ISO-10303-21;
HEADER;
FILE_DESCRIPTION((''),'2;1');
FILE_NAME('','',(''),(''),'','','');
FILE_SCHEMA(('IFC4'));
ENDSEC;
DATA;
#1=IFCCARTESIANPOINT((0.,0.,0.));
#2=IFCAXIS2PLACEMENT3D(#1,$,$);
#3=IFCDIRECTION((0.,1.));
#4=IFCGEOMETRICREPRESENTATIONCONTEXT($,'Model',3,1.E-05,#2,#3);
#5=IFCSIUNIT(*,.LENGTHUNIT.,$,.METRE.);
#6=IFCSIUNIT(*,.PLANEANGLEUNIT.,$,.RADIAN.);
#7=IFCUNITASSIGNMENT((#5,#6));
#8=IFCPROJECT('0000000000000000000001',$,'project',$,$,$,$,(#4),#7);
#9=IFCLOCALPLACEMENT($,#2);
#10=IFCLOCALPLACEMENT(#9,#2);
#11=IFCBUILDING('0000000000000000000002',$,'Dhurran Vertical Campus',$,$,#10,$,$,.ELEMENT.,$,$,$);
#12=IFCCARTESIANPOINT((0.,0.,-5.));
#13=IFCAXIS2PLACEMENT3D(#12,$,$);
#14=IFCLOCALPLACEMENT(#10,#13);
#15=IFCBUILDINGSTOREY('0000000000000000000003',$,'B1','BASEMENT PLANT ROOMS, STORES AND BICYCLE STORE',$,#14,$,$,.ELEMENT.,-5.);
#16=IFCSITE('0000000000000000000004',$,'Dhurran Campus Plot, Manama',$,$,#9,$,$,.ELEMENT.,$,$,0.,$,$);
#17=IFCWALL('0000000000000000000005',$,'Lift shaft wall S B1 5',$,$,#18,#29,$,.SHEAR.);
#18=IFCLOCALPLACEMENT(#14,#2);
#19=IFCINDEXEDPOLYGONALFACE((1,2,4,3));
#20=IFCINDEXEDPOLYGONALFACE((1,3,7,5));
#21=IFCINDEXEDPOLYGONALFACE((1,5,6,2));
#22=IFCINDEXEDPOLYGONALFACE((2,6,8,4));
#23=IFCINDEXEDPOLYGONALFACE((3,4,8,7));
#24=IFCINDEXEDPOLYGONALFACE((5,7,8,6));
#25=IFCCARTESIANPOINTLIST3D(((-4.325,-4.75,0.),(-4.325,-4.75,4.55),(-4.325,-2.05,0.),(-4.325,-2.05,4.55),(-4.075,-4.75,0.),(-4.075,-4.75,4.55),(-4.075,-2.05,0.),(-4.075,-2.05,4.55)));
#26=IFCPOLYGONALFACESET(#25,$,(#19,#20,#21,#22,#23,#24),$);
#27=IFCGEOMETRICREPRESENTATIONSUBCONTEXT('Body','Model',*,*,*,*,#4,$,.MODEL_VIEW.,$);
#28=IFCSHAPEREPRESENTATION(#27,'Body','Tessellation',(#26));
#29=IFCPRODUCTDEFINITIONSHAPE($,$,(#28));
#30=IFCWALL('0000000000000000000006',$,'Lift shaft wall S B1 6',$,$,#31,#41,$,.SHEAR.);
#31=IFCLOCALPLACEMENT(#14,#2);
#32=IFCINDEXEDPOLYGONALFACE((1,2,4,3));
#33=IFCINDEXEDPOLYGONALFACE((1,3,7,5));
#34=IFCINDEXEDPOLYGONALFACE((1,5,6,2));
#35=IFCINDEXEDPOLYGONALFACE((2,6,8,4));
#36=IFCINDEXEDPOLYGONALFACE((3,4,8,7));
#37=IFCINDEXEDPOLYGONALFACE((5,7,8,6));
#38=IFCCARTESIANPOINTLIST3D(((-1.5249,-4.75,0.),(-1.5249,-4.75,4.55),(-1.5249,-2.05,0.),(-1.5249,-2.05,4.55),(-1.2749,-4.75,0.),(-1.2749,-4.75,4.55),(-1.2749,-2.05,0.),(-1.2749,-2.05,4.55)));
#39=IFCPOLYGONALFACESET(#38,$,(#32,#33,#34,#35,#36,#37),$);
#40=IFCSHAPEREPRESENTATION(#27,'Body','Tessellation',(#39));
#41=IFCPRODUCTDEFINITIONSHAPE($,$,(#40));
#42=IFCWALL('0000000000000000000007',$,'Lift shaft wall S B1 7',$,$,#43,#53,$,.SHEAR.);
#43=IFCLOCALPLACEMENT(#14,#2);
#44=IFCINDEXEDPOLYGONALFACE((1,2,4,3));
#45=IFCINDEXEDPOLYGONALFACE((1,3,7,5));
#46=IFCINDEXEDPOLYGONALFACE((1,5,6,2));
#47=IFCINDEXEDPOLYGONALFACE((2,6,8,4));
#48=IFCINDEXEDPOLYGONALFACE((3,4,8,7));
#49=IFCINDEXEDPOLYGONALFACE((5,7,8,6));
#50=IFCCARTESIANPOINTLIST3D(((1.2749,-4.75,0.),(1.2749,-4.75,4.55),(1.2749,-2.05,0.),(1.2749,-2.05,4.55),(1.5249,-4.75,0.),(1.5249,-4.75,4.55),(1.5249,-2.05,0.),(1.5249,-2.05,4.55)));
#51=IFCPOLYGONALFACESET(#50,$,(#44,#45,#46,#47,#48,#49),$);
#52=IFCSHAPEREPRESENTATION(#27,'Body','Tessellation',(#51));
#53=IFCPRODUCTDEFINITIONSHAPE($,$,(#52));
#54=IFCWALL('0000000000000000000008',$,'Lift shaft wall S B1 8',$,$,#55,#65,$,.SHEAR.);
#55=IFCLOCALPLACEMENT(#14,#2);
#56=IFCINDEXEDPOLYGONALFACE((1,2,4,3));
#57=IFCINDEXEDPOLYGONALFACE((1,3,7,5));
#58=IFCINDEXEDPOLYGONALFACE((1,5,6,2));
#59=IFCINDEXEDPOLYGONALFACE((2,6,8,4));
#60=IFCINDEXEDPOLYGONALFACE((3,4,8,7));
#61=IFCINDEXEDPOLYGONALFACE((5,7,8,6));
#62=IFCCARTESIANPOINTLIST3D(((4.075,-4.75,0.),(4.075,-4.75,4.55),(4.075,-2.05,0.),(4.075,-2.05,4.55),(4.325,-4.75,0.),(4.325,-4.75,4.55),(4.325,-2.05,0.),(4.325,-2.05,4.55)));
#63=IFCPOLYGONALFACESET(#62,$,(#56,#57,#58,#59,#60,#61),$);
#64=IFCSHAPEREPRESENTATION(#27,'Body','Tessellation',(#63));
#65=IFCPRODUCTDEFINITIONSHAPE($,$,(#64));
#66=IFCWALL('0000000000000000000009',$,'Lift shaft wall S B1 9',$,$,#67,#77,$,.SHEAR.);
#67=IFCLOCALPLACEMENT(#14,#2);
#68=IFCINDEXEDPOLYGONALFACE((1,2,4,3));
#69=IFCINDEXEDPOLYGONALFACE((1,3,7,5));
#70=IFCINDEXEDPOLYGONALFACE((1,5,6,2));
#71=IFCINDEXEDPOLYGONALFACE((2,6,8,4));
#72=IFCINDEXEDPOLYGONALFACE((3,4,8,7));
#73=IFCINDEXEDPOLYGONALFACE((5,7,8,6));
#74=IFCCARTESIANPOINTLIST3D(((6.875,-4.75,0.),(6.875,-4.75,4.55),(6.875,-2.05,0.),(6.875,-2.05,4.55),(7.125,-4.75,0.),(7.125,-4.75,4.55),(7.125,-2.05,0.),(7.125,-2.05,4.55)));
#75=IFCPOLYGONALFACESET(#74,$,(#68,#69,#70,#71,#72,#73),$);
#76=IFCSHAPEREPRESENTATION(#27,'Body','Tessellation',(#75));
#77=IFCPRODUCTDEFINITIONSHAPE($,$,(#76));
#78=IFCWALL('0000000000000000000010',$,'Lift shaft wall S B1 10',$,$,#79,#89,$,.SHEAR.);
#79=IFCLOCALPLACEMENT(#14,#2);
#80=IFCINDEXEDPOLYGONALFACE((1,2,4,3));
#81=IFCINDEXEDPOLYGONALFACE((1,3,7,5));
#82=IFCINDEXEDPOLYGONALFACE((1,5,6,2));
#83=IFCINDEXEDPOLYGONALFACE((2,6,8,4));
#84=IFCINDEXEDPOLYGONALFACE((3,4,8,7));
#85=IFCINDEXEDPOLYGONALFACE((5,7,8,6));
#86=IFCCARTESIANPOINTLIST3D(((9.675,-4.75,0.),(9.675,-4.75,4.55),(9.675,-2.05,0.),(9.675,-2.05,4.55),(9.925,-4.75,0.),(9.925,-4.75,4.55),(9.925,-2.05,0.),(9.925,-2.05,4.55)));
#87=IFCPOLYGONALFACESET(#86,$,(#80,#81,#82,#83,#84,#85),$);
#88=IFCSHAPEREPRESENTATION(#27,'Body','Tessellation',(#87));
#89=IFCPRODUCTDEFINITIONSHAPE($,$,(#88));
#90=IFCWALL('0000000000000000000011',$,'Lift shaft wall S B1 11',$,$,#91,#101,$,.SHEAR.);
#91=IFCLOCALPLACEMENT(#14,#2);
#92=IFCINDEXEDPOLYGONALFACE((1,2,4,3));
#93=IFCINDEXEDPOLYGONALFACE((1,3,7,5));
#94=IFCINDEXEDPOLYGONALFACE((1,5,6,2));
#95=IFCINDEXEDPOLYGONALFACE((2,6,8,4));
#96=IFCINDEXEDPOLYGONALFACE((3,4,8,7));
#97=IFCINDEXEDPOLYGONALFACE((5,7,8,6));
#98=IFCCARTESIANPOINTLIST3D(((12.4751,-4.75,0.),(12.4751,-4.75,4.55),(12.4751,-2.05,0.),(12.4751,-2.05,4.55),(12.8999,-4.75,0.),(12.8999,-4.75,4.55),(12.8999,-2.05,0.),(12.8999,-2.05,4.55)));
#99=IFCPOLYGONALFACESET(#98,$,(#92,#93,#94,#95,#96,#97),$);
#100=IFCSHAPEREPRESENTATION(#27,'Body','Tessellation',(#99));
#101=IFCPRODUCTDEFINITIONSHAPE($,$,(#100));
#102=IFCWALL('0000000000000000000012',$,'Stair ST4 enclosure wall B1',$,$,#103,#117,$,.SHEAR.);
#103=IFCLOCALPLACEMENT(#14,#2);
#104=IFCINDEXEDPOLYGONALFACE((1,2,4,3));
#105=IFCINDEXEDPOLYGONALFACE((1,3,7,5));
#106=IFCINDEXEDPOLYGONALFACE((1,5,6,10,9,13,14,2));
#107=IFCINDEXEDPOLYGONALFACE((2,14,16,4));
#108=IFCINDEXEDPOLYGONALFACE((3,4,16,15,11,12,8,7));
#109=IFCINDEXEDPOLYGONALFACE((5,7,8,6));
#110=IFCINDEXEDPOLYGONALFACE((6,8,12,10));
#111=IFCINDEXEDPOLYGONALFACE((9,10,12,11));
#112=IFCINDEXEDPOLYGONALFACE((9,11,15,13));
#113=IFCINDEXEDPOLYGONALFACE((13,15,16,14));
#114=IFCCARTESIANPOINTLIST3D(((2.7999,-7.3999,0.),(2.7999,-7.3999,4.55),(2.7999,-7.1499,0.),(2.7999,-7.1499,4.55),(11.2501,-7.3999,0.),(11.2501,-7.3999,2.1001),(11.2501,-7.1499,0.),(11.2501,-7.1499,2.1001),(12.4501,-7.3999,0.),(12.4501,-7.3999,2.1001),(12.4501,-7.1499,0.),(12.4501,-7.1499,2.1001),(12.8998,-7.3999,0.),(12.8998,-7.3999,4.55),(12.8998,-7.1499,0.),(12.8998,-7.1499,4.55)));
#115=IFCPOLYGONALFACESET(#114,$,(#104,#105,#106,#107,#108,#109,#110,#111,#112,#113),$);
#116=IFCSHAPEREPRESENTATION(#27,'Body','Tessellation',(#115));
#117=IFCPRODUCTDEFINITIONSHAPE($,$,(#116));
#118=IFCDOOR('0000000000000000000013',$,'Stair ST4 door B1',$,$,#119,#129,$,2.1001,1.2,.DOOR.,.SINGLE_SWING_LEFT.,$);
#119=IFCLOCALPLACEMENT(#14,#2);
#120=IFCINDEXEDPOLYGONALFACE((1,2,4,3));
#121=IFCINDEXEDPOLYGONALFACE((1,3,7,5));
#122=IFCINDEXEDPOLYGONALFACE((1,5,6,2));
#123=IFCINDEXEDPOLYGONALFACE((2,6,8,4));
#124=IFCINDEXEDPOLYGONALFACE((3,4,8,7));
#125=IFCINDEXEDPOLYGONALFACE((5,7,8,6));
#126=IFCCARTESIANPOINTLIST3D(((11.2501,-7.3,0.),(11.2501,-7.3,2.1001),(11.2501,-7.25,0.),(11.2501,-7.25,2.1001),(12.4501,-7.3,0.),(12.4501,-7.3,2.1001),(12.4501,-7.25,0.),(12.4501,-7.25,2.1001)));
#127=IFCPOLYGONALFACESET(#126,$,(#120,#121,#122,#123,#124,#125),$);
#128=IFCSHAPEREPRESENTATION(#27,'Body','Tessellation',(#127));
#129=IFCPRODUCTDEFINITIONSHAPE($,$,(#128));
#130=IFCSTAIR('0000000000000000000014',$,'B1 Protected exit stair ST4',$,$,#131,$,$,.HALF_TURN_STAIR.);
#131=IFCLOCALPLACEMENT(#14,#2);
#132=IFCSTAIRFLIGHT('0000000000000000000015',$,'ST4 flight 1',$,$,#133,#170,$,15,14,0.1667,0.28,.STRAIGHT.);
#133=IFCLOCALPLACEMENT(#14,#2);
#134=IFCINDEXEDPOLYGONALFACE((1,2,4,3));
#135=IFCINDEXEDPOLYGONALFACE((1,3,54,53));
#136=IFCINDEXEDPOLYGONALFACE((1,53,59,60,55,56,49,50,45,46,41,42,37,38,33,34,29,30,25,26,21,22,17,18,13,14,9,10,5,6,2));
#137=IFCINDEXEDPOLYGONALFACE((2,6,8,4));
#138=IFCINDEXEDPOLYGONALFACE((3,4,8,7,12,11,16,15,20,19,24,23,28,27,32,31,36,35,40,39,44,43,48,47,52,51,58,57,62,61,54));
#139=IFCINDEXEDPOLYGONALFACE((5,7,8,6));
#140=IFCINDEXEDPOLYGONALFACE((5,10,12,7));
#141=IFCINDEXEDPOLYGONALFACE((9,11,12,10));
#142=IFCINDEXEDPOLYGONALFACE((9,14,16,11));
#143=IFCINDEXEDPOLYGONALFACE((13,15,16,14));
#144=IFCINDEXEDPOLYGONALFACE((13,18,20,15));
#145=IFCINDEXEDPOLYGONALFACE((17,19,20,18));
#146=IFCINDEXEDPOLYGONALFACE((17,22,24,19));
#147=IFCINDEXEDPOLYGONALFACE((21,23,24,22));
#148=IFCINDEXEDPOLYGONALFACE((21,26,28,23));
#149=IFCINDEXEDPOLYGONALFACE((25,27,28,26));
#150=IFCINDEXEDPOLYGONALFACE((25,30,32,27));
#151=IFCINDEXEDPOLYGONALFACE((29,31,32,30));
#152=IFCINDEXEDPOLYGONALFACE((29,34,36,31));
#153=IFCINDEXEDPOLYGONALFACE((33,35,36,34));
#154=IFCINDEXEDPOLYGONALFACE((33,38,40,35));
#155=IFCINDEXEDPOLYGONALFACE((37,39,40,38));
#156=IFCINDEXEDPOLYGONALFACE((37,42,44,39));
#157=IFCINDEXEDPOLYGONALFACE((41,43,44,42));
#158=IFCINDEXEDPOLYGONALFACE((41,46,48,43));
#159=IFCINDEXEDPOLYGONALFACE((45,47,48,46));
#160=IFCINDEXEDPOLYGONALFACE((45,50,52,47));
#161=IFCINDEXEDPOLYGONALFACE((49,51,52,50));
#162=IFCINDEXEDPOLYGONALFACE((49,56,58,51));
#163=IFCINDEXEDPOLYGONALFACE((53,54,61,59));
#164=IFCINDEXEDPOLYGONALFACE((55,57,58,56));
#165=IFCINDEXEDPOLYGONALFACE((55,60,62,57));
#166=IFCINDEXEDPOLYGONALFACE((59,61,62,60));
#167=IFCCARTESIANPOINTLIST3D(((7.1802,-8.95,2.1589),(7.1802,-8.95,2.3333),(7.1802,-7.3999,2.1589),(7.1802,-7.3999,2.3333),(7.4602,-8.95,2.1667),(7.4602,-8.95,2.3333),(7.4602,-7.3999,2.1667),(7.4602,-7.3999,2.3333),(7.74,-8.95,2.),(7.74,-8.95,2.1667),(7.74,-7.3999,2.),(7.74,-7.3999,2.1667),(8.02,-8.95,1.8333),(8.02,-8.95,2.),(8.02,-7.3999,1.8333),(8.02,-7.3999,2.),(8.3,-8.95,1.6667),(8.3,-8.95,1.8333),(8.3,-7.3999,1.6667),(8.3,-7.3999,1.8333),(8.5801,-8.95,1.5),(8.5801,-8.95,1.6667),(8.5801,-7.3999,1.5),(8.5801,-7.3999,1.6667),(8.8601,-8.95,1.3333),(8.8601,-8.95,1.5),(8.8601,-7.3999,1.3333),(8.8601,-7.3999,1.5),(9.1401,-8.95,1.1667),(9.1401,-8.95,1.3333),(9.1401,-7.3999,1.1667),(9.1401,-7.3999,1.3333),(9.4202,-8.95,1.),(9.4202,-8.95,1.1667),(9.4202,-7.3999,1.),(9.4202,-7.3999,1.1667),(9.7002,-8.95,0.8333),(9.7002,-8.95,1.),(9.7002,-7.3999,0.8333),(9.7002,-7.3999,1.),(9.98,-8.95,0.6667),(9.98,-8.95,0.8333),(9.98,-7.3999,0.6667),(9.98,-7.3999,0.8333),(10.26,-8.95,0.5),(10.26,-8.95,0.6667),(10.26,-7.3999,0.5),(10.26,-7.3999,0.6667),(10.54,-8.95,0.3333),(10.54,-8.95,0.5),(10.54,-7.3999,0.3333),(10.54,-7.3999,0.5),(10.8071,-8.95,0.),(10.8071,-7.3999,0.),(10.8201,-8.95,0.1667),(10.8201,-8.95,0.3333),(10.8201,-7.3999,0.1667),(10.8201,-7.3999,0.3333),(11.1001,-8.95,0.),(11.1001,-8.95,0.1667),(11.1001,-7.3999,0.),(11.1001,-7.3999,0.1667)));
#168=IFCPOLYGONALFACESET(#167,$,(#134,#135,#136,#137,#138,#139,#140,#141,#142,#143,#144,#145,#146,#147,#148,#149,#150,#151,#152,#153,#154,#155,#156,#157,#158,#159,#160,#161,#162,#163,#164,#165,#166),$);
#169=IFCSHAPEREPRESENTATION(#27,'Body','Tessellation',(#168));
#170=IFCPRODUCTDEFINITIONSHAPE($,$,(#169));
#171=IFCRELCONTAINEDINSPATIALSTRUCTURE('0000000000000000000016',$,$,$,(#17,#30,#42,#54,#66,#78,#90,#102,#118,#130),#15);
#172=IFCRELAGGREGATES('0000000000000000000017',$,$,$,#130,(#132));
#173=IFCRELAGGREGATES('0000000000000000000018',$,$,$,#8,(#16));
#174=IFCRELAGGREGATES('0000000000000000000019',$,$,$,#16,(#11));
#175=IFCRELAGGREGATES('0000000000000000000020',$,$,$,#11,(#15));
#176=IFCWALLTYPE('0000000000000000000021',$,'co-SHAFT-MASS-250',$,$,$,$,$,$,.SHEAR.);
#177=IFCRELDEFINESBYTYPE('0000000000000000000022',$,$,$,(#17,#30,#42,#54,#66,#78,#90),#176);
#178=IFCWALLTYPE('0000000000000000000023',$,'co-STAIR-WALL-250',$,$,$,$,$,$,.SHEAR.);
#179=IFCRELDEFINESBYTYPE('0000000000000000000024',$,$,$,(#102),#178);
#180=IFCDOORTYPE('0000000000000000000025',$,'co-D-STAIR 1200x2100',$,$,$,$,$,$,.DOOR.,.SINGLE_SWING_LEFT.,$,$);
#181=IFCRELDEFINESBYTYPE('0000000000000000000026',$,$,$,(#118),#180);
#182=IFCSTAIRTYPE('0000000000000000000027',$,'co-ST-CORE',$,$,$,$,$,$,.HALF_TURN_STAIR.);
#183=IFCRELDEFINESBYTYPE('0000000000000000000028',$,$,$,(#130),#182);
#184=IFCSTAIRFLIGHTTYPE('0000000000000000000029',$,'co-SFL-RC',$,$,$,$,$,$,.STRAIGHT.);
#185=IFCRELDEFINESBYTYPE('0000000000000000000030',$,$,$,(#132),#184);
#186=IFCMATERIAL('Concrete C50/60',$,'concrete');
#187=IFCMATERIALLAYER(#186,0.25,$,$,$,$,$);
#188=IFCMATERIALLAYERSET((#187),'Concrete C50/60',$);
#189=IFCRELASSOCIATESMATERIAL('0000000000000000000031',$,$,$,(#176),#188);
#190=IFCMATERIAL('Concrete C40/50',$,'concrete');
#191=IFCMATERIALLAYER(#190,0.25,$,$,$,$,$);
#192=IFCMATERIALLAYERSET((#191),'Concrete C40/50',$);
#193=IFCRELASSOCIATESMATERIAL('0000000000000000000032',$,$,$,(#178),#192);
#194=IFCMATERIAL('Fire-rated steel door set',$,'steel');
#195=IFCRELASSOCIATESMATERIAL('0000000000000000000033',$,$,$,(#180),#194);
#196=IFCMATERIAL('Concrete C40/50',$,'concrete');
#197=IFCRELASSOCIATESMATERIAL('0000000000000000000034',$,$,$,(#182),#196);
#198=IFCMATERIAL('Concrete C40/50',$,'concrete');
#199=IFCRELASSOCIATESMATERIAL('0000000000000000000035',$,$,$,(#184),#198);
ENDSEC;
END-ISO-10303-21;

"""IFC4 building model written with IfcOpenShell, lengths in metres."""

from ifc_helpers import new_model, si_unit, direction, frame, frame_2d, origin, place, context, subcontext, project, spatial, polyline, rectangle, outline, extrude, material, layer, layer_set, type_object, element, fill, aggregate, save


model = new_model("IFC4")

# Units and contexts
model_context = context("Model", 3, precision=1e-05, world=origin(), true_north=direction((0.0, 1.0)))
body_context = subcontext(model_context, "Body", "Model", "MODEL_VIEW")
ifc_project = project(units=[si_unit("LENGTHUNIT", "METRE"), si_unit("PLANEANGLEUNIT", "RADIAN")], contexts=[model_context])

# Site, building, storey
site_placement = place(None, origin())
site = spatial("IfcSite", under=ifc_project, at=site_placement, Name="Dhurran Campus Plot, Manama", CompositionType="ELEMENT", RefElevation=0.0)
building_placement = place(site_placement, origin())
building = spatial("IfcBuilding", under=site, at=building_placement, Name="Dhurran Vertical Campus", CompositionType="ELEMENT")
storey_placement = place(building_placement, frame((0.0, 0.0, -5.0)))
storey = spatial("IfcBuildingStorey", under=building, at=storey_placement, Name="B1", Description="BASEMENT PLANT ROOMS, STORES AND BICYCLE STORE", CompositionType="ELEMENT", Elevation=-5.0)

# Walls
ifc_material_1 = material(Name="Concrete C50/60", Category="concrete")
ifc_layer_1 = layer(ifc_material_1, 0.25)
ifc_layer_set_1 = layer_set([ifc_layer_1], Name="Concrete C50/60")
wall_type_1 = type_object("IfcWallType", Name="co-SHAFT-MASS-250", PredefinedType="SHEAR", material=ifc_layer_set_1)
wall_1_placement = place(storey_placement, origin())
element("IfcWall", 1, at=wall_1_placement, inside=storey, type_object=wall_type_1, Name="Lift shaft wall S B1 5", PredefinedType="SHEAR", context=body_context, shape_type="SweptSolid", body=[
    extrude(outline(polyline([(-4.325, -4.75), (-4.075, -4.75), (-4.075, -2.05), (-4.325, -2.05), (-4.325, -4.75)])), origin(), (0.0, 0.0, 1.0), 4.55),
])
wall_2_placement = place(storey_placement, origin())
element("IfcWall", 2, at=wall_2_placement, inside=storey, type_object=wall_type_1, Name="Lift shaft wall S B1 6", PredefinedType="SHEAR", context=body_context, shape_type="SweptSolid", body=[
    extrude(outline(polyline([(-1.5249, -4.75), (-1.2749, -4.75), (-1.2749, -2.05), (-1.5249, -2.05), (-1.5249, -4.75)])), origin(), (0.0, 0.0, 1.0), 4.55),
])
wall_3_placement = place(storey_placement, origin())
element("IfcWall", 3, at=wall_3_placement, inside=storey, type_object=wall_type_1, Name="Lift shaft wall S B1 7", PredefinedType="SHEAR", context=body_context, shape_type="SweptSolid", body=[
    extrude(outline(polyline([(1.2749, -4.75), (1.5249, -4.75), (1.5249, -2.05), (1.2749, -2.05), (1.2749, -4.75)])), origin(), (0.0, 0.0, 1.0), 4.55),
])
wall_4_placement = place(storey_placement, origin())
element("IfcWall", 4, at=wall_4_placement, inside=storey, type_object=wall_type_1, Name="Lift shaft wall S B1 8", PredefinedType="SHEAR", context=body_context, shape_type="SweptSolid", body=[
    extrude(outline(polyline([(4.075, -4.75), (4.325, -4.75), (4.325, -2.05), (4.075, -2.05), (4.075, -4.75)])), origin(), (0.0, 0.0, 1.0), 4.55),
])
wall_5_placement = place(storey_placement, origin())
element("IfcWall", 5, at=wall_5_placement, inside=storey, type_object=wall_type_1, Name="Lift shaft wall S B1 9", PredefinedType="SHEAR", context=body_context, shape_type="SweptSolid", body=[
    extrude(outline(polyline([(6.875, -4.75), (7.125, -4.75), (7.125, -2.05), (6.875, -2.05), (6.875, -4.75)])), origin(), (0.0, 0.0, 1.0), 4.55),
])
wall_6_placement = place(storey_placement, origin())
element("IfcWall", 6, at=wall_6_placement, inside=storey, type_object=wall_type_1, Name="Lift shaft wall S B1 10", PredefinedType="SHEAR", context=body_context, shape_type="SweptSolid", body=[
    extrude(outline(polyline([(9.675, -4.75), (9.925, -4.75), (9.925, -2.05), (9.675, -2.05), (9.675, -4.75)])), origin(), (0.0, 0.0, 1.0), 4.55),
])
wall_7_placement = place(storey_placement, origin())
element("IfcWall", 7, at=wall_7_placement, inside=storey, type_object=wall_type_1, Name="Lift shaft wall S B1 11", PredefinedType="SHEAR", context=body_context, shape_type="SweptSolid", body=[
    extrude(outline(polyline([(12.4751, -4.75), (12.8999, -4.75), (12.8999, -2.05), (12.4751, -2.05), (12.4751, -4.75)])), origin(), (0.0, 0.0, 1.0), 4.55),
])

# Wall, opening, door
ifc_material_2 = material(Name="Concrete C40/50", Category="concrete")
ifc_layer_2 = layer(ifc_material_2, 0.25)
ifc_layer_set_2 = layer_set([ifc_layer_2], Name="Concrete C40/50")
wall_type_2 = type_object("IfcWallType", Name="co-STAIR-WALL-250", PredefinedType="SHEAR", material=ifc_layer_set_2)
wall_8_placement = place(storey_placement, frame((2.8, -7.2749, 0.0), z_axis=(0.0, 0.0, 1.0), x_axis=(1.0, 0.0, 0.0)))
wall_8 = element("IfcWall", 8, at=wall_8_placement, inside=storey, type_object=wall_type_2, Name="Stair ST4 enclosure wall B1", PredefinedType="SHEAR", context=body_context, shape_type="SweptSolid", body=[
    extrude(rectangle(XDim=10.0999, YDim=0.25, at=frame_2d((5.0498, 0.0))), origin(), (0.0, 0.0, 1.0), 4.55),
])
opening_1_placement = place(wall_8_placement, frame((8.45, 0.0, 0.0)))
opening_1 = element("IfcOpeningElement", 9, at=opening_1_placement, cuts=wall_8, PredefinedType="OPENING", context=body_context, shape_type="SweptSolid", body=[
    extrude(rectangle(XDim=1.2, YDim=2.1001, at=frame_2d((0.6001, 1.05))), frame((0.0, 0.135, 0.0), z_axis=(0.0, -1.0, 0.0), x_axis=(1.0, 0.0, 0.0)), (0.0, 0.0, 1.0), 0.27),
])
ifc_material_3 = material(Name="Fire-rated steel door set", Category="steel")
door_type_1 = type_object("IfcDoorType", Name="co-D-STAIR 1200x2100", OperationType="SINGLE_SWING_LEFT", PredefinedType="DOOR", material=ifc_material_3)
door_1_placement = place(opening_1_placement, origin())
door_1 = element("IfcDoor", 10, at=door_1_placement, inside=storey, type_object=door_type_1, Name="Stair ST4 door B1", OperationType="SINGLE_SWING_LEFT", OverallHeight=2.1001, OverallWidth=1.2, PredefinedType="DOOR", context=body_context, shape_type="SweptSolid", body=[
    extrude(rectangle(XDim=1.2, YDim=2.1001, at=frame_2d((0.6001, 1.05))), frame((0.0, 0.0249, 0.0), z_axis=(0.0, -1.0, 0.0), x_axis=(1.0, 0.0, 0.0)), (0.0, 0.0, 1.0), 0.05),
])
fill(opening_1, door_1)

# Stair, stair flight
ifc_material_4 = material(Name="Concrete C40/50", Category="concrete")
stair_type = type_object("IfcStairType", Name="co-ST-CORE", PredefinedType="HALF_TURN_STAIR", material=ifc_material_4)
stair_placement = place(storey_placement, origin())
stair = element("IfcStair", 11, at=stair_placement, inside=storey, type_object=stair_type, Name="B1 Protected exit stair ST4", PredefinedType="HALF_TURN_STAIR")
ifc_material_5 = material(Name="Concrete C40/50", Category="concrete")
stair_flight_type = type_object("IfcStairFlightType", Name="co-SFL-RC", PredefinedType="STRAIGHT", material=ifc_material_5)
stair_flight_placement = place(storey_placement, frame((11.1001, -8.175, 0.0), z_axis=(0.0, 0.0, 1.0), x_axis=(-1.0, 0.0, 0.0)))
stair_flight = element("IfcStairFlight", 12, at=stair_flight_placement, type_object=stair_flight_type, Name="ST4 flight 1", NumberOfRisers=15, NumberOfTreads=14, PredefinedType="STRAIGHT", RiserHeight=0.1667, TreadLength=0.28, context=body_context, shape_type="SweptSolid", body=[
    extrude(outline(polyline([(0.0, 0.0), (0.0, 0.1667), (0.28, 0.1667), (0.28, 0.3333), (0.5601, 0.3333), (0.5601, 0.5), (0.8401, 0.5), (0.8401, 0.6667), (1.1201, 0.6667), (1.1201, 0.8333), (1.3999, 0.8333), (1.3999, 1.0), (1.6799, 1.0), (1.6799, 1.1667), (1.96, 1.1667), (1.96, 1.3333), (2.24, 1.3333), (2.24, 1.5), (2.52, 1.5), (2.52, 1.6667), (2.8, 1.6667), (2.8, 1.8333), (3.0801, 1.8333), (3.0801, 2.0), (3.3601, 2.0), (3.3601, 2.1667), (3.6399, 2.1667), (3.6399, 2.3333), (3.9199, 2.3333), (3.9199, 2.5), (3.9199, 2.1589), (0.293, 0.0), (0.0, 0.0)])), frame((0.0, 0.7749, 0.0), z_axis=(0.0, -1.0, 0.0), x_axis=(1.0, 0.0, 0.0)), (0.0, 0.0, 1.0), 1.55),
])
aggregate(stair, [stair_flight])

save(model, "model.ifc")
